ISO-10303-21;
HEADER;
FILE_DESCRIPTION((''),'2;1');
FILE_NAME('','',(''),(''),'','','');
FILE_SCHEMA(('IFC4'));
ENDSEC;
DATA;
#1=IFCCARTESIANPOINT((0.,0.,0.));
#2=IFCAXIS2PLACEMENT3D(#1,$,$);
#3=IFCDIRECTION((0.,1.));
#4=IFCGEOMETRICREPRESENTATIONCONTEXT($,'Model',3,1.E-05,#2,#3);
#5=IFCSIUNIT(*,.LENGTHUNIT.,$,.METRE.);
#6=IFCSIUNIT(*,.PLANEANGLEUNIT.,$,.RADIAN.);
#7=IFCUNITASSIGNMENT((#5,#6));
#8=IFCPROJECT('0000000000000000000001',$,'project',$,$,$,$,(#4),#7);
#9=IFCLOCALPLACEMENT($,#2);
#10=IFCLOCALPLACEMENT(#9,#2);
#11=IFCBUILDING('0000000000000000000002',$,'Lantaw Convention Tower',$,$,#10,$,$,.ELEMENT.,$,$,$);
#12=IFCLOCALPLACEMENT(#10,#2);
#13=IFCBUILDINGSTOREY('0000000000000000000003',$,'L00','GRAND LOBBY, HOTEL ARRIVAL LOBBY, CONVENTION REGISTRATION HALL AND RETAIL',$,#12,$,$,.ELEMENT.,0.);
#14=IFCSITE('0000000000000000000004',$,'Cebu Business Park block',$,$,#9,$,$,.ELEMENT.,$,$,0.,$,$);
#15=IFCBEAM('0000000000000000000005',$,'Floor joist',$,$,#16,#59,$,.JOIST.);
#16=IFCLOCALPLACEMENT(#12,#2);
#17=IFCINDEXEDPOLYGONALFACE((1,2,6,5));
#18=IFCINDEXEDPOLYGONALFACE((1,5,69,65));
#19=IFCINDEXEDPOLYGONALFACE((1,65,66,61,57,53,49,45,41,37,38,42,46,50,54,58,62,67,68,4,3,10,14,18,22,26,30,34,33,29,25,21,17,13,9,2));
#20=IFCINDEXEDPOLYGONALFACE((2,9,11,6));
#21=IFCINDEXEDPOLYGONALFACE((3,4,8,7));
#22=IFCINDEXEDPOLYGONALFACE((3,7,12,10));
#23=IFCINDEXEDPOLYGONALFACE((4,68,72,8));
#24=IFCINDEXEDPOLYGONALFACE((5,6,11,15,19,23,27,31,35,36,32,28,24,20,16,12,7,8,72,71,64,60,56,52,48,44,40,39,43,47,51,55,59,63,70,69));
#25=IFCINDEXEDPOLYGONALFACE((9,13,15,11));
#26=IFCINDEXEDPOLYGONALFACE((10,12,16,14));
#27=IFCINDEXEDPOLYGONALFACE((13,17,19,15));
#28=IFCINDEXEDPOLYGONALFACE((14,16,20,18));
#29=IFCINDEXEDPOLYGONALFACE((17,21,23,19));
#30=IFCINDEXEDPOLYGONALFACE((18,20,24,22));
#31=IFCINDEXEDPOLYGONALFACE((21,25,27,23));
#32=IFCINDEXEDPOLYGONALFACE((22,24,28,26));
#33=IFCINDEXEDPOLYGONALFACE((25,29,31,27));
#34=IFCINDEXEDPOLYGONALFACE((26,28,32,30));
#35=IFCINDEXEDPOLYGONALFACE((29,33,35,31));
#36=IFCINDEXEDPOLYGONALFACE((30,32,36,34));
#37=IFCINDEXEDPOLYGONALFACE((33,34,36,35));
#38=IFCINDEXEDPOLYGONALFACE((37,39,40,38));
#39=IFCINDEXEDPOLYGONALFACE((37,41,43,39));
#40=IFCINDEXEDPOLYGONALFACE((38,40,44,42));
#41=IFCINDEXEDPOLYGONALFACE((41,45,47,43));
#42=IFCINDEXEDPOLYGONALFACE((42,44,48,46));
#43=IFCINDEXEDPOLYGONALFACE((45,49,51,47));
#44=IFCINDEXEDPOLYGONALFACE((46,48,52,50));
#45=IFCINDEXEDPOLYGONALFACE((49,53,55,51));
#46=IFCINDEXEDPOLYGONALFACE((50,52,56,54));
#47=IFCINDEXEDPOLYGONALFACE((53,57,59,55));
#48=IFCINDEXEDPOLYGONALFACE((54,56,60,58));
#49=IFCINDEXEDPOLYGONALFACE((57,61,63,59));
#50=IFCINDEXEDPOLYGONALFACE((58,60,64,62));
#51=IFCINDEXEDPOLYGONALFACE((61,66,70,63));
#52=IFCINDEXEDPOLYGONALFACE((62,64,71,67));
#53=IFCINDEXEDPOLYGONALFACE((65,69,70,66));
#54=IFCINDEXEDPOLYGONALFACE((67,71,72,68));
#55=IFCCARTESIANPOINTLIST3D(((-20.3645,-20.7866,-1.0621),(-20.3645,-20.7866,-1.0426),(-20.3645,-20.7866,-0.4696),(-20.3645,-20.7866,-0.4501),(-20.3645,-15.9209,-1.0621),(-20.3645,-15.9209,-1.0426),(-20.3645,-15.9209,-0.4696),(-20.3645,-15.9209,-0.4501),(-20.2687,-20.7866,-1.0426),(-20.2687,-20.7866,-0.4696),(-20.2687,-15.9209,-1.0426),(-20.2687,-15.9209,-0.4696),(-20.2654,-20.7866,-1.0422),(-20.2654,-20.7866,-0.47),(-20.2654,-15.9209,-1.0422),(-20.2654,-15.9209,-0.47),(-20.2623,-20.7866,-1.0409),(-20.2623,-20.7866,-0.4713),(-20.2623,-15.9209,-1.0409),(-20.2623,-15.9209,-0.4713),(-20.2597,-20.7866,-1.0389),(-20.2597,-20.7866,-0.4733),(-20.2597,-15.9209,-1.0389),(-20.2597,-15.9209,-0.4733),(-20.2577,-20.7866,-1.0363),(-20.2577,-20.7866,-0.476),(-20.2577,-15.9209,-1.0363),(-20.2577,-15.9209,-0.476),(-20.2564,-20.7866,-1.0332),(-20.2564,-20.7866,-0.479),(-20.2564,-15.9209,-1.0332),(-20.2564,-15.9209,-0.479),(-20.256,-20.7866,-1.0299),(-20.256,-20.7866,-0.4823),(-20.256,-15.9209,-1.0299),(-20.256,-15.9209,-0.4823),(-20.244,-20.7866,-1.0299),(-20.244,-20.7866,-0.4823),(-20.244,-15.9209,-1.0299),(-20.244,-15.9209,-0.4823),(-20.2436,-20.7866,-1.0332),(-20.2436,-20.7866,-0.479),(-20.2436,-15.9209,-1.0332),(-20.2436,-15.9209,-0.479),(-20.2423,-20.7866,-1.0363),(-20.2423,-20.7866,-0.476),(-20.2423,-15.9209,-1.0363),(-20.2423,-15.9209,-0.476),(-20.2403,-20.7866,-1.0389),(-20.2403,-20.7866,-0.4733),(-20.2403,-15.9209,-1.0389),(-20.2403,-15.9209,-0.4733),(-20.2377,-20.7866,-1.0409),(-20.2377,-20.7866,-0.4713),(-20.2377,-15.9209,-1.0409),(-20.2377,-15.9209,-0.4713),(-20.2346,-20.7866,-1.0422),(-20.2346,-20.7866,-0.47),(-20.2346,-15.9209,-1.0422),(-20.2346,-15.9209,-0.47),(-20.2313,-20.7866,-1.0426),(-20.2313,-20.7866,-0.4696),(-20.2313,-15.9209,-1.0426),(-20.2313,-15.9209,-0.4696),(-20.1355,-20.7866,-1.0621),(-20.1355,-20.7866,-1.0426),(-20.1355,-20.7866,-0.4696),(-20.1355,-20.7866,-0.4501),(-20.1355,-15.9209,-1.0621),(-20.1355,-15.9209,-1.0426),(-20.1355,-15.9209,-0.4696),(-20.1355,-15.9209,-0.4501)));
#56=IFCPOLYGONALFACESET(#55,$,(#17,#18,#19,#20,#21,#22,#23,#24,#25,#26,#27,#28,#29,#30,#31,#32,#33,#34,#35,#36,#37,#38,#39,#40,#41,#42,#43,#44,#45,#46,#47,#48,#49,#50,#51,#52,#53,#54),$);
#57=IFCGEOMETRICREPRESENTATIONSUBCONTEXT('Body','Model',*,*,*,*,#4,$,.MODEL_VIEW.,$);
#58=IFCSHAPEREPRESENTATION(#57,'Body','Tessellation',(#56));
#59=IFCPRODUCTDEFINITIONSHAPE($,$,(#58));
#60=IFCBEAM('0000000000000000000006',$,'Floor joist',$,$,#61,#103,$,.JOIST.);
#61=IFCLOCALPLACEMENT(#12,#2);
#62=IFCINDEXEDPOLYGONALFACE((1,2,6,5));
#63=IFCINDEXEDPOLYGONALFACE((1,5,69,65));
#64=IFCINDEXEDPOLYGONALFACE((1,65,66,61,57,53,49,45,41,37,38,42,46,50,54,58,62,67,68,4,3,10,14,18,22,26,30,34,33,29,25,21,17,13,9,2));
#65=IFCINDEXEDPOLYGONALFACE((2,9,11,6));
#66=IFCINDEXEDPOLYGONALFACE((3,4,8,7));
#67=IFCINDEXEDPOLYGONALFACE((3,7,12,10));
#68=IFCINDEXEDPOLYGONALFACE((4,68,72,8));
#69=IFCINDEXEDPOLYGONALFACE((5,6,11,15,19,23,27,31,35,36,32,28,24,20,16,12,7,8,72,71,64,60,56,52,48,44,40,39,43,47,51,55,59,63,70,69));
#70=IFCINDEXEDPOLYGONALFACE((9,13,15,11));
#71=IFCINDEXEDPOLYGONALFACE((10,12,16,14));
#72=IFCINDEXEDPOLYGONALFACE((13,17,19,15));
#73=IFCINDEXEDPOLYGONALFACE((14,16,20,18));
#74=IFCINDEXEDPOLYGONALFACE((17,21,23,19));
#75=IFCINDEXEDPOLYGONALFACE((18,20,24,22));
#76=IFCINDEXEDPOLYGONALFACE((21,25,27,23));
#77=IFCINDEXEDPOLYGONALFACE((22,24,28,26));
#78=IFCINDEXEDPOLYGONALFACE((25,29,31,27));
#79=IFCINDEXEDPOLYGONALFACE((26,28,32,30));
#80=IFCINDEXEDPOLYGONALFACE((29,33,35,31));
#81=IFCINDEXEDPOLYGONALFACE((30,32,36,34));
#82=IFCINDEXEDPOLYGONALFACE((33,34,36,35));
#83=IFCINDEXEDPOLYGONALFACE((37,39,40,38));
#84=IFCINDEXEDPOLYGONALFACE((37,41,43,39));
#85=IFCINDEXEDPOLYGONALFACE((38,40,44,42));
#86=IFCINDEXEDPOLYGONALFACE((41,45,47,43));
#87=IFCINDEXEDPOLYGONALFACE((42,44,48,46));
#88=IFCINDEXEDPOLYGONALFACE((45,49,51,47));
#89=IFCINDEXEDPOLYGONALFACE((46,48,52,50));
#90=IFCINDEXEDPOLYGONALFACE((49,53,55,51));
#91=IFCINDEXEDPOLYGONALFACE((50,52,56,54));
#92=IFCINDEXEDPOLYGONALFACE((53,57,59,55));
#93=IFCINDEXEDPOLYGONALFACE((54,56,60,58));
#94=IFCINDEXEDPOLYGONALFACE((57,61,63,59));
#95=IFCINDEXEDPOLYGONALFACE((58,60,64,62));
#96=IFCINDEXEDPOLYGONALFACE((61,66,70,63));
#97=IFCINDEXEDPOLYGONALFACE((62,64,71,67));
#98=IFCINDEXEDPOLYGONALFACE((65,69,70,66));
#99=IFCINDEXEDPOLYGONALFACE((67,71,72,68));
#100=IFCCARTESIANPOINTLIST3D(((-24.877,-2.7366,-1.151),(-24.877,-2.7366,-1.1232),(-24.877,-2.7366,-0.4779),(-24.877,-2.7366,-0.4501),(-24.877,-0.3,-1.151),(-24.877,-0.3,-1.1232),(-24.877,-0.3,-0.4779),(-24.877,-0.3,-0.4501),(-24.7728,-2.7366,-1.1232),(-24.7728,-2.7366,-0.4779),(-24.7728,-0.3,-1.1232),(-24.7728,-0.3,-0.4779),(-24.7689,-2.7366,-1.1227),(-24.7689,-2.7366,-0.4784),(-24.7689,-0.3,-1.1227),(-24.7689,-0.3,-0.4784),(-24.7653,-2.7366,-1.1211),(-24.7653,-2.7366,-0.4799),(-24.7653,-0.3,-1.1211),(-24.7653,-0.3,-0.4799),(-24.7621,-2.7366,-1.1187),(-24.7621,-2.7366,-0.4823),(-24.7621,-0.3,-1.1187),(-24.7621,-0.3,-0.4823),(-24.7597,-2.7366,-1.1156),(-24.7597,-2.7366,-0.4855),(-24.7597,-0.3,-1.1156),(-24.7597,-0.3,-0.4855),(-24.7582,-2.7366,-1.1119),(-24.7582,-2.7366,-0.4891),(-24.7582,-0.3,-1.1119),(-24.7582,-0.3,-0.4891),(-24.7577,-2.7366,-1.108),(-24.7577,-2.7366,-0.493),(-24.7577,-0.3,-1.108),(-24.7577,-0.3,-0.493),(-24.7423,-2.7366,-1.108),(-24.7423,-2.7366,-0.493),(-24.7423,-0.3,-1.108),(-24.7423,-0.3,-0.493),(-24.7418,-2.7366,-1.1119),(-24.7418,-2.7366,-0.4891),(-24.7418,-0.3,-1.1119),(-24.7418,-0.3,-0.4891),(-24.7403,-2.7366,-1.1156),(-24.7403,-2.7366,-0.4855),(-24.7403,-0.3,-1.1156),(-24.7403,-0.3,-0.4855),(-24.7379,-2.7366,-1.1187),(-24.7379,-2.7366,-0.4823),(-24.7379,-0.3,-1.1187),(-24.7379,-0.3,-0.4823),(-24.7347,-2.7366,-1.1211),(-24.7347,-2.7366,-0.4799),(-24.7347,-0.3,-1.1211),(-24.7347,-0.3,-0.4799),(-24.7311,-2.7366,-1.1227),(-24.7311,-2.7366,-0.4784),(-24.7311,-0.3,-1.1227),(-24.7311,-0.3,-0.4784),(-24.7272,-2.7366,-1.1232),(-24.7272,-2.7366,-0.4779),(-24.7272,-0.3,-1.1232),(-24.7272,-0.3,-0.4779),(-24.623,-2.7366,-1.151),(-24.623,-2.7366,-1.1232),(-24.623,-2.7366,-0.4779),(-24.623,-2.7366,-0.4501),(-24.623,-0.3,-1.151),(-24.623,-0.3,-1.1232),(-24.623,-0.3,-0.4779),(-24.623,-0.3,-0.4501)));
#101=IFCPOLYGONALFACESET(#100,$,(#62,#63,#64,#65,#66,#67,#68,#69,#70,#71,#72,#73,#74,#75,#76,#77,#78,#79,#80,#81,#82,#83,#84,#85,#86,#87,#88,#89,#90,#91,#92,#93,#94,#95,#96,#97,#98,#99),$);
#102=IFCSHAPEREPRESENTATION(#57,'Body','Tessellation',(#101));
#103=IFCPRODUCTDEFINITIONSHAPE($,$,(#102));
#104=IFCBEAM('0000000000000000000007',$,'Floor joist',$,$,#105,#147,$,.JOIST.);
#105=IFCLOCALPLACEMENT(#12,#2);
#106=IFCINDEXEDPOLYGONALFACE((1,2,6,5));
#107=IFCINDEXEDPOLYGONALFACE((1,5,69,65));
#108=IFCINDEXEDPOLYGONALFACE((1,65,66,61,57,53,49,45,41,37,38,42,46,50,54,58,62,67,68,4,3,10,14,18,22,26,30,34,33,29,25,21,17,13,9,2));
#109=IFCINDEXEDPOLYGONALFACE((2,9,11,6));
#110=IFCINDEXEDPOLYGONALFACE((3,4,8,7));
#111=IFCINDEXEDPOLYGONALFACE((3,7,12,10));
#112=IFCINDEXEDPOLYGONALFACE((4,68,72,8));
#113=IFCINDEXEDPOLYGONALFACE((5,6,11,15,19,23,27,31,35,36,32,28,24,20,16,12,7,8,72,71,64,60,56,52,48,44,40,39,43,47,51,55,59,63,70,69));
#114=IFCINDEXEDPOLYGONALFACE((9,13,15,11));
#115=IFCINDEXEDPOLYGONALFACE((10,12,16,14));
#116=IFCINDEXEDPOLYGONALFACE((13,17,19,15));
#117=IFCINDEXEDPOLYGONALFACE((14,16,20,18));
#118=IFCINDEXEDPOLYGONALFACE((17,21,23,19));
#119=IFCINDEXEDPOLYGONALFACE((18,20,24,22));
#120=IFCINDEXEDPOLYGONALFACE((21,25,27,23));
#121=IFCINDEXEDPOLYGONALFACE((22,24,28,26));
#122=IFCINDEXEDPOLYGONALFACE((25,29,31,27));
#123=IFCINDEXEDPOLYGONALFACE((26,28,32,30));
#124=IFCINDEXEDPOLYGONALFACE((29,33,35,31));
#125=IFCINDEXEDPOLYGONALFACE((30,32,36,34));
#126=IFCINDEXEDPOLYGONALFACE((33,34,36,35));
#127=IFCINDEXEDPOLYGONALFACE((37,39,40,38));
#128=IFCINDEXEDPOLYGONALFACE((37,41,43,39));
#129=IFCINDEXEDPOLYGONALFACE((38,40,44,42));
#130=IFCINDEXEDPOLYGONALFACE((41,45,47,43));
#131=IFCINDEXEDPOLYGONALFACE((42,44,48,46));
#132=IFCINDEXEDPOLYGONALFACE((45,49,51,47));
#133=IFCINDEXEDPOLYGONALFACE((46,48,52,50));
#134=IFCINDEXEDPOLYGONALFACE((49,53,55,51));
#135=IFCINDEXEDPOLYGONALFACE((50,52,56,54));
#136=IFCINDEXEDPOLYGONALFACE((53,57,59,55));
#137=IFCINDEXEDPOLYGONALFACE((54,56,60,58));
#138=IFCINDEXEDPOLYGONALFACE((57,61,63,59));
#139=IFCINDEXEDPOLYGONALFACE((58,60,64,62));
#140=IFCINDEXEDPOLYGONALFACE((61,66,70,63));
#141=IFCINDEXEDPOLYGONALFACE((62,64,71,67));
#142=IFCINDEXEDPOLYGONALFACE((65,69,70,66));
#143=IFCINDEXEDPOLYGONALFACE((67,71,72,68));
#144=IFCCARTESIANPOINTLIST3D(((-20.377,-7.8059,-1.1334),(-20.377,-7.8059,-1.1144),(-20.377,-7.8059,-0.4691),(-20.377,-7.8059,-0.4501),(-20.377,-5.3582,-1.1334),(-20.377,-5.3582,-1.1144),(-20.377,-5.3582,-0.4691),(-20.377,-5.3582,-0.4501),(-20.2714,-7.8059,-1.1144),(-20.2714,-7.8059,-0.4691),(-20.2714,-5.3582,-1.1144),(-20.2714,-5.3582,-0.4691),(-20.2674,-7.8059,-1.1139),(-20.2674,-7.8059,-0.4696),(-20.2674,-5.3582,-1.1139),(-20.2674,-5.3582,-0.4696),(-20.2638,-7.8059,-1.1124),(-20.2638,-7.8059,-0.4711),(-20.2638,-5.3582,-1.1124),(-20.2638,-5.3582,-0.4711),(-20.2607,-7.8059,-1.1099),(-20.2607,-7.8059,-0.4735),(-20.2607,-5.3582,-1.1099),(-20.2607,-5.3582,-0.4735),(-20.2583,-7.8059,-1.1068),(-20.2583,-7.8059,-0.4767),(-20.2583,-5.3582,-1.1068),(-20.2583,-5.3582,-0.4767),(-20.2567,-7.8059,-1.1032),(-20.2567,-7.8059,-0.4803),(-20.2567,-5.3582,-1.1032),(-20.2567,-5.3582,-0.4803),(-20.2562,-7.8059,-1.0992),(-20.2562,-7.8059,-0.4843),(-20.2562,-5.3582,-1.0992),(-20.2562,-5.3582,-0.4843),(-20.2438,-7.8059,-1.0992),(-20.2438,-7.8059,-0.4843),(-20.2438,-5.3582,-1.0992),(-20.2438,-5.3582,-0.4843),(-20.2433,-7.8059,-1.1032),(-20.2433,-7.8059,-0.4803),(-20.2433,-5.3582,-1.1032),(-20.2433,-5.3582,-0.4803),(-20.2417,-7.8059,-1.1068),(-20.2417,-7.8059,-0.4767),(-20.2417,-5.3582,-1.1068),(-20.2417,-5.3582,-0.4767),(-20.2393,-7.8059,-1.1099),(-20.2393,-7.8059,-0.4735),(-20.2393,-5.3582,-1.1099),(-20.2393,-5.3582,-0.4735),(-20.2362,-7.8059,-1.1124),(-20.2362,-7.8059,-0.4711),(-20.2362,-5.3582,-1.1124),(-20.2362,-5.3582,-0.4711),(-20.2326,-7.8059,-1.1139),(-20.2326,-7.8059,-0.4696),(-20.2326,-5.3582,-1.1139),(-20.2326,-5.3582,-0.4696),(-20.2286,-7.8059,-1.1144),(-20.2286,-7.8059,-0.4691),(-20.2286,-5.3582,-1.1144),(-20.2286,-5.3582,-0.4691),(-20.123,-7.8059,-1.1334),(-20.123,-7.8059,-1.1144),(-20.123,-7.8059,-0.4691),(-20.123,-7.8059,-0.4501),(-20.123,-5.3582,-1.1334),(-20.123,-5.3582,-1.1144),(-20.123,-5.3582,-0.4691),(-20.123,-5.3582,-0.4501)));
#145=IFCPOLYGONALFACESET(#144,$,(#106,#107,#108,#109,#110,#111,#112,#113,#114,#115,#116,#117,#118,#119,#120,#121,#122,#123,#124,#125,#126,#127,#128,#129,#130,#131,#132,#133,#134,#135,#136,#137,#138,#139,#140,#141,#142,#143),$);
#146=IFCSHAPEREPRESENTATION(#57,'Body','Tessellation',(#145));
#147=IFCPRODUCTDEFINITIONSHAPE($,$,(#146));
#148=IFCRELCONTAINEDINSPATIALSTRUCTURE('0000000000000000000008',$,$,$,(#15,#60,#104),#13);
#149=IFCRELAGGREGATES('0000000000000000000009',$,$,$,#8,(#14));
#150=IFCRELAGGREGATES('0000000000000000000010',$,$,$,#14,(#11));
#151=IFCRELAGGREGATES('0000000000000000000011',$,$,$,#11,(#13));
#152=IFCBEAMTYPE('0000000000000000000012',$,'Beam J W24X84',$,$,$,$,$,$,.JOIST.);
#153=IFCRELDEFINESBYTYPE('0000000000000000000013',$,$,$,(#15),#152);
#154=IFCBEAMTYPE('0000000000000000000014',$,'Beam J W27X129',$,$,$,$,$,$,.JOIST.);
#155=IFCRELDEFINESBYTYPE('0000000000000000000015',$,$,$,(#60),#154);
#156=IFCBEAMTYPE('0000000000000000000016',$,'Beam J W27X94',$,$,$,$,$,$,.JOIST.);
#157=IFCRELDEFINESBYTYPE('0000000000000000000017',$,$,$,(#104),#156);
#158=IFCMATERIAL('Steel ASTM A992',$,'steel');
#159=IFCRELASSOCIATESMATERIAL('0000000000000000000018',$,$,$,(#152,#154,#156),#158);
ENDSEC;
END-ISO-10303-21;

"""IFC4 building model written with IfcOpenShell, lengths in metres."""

from ifc_helpers import new_model, si_unit, direction, frame, origin, origin_2d, place, context, subcontext, project, spatial, i_section, extrude, material, material_profile, profile_set, type_object, element, save


model = new_model("IFC4")

# Units and contexts
model_context = context("Model", 3, precision=1e-05, world=origin(), true_north=direction((0.0, 1.0)))
body_context = subcontext(model_context, "Body", "Model", "MODEL_VIEW")
ifc_project = project(units=[si_unit("LENGTHUNIT", "METRE"), si_unit("PLANEANGLEUNIT", "RADIAN")], contexts=[model_context])

# Site, building, storey
site_placement = place(None, origin())
site = spatial("IfcSite", under=ifc_project, at=site_placement, Name="Cebu Business Park block", CompositionType="ELEMENT", RefElevation=0.0)
building_placement = place(site_placement, origin())
building = spatial("IfcBuilding", under=site, at=building_placement, Name="Lantaw Convention Tower", CompositionType="ELEMENT")
storey_placement = place(building_placement, origin())
storey = spatial("IfcBuildingStorey", under=building, at=storey_placement, Name="L00", Description="GRAND LOBBY, HOTEL ARRIVAL LOBBY, CONVENTION REGISTRATION HALL AND RETAIL", CompositionType="ELEMENT", Elevation=0.0)

# Beams
ifc_material_1 = material(Name="Steel ASTM A992", Category="steel")
ifc_material_profile_1 = material_profile(ifc_material_1, i_section(OverallWidth=0.229, OverallDepth=0.6121, WebThickness=0.012, FlangeThickness=0.0195, FilletRadius=0.0127, at=origin_2d()), Name="W24X84")
ifc_profile_set_1 = profile_set([ifc_material_profile_1], Name="Steel ASTM A992")
beam_type_1 = type_object("IfcBeamType", Name="Beam J W24X84", PredefinedType="JOIST", material=ifc_profile_set_1)
beam_1_placement = place(storey_placement, frame((-20.25, -20.7866, -0.7561), z_axis=(0.0, 1.0, 0.0), x_axis=(-1.0, 0.0, 0.0)))
element("IfcBeam", 1, at=beam_1_placement, inside=storey, type_object=beam_type_1, Name="Floor joist", PredefinedType="JOIST", context=body_context, shape_type="SweptSolid", body=[
    extrude(i_section(OverallWidth=0.229, OverallDepth=0.6121, WebThickness=0.012, FlangeThickness=0.0195, FilletRadius=0.0127, at=origin_2d()), origin(), (0.0, 0.0, 1.0), 4.8657),
])
ifc_material_profile_2 = material_profile(ifc_material_1, i_section(OverallWidth=0.2539, OverallDepth=0.7009, WebThickness=0.0154, FlangeThickness=0.0278, FilletRadius=0.0151, at=origin_2d()), Name="W27X129")
ifc_profile_set_2 = profile_set([ifc_material_profile_2], Name="Steel ASTM A992")
beam_type_2 = type_object("IfcBeamType", Name="Beam J W27X129", PredefinedType="JOIST", material=ifc_profile_set_2)
beam_2_placement = place(storey_placement, frame((-24.75, -2.7366, -0.8005), z_axis=(0.0, 1.0, 0.0), x_axis=(-1.0, 0.0, 0.0)))
element("IfcBeam", 2, at=beam_2_placement, inside=storey, type_object=beam_type_2, Name="Floor joist", PredefinedType="JOIST", context=body_context, shape_type="SweptSolid", body=[
    extrude(i_section(OverallWidth=0.2539, OverallDepth=0.7009, WebThickness=0.0154, FlangeThickness=0.0278, FilletRadius=0.0151, at=origin_2d()), origin(), (0.0, 0.0, 1.0), 2.4365),
])
ifc_material_profile_3 = material_profile(ifc_material_1, i_section(OverallWidth=0.2539, OverallDepth=0.6833, WebThickness=0.0125, FlangeThickness=0.019, FilletRadius=0.0151, at=origin_2d()), Name="W27X94")
ifc_profile_set_3 = profile_set([ifc_material_profile_3], Name="Steel ASTM A992")
beam_type_3 = type_object("IfcBeamType", Name="Beam J W27X94", PredefinedType="JOIST", material=ifc_profile_set_3)
beam_3_placement = place(storey_placement, frame((-20.25, -7.8059, -0.7917), z_axis=(0.0, 1.0, 0.0), x_axis=(-1.0, 0.0, 0.0)))
element("IfcBeam", 3, at=beam_3_placement, inside=storey, type_object=beam_type_3, Name="Floor joist", PredefinedType="JOIST", context=body_context, shape_type="SweptSolid", body=[
    extrude(i_section(OverallWidth=0.2539, OverallDepth=0.6833, WebThickness=0.0125, FlangeThickness=0.019, FilletRadius=0.0151, at=origin_2d()), origin(), (0.0, 0.0, 1.0), 2.4478),
])

save(model, "model.ifc")
